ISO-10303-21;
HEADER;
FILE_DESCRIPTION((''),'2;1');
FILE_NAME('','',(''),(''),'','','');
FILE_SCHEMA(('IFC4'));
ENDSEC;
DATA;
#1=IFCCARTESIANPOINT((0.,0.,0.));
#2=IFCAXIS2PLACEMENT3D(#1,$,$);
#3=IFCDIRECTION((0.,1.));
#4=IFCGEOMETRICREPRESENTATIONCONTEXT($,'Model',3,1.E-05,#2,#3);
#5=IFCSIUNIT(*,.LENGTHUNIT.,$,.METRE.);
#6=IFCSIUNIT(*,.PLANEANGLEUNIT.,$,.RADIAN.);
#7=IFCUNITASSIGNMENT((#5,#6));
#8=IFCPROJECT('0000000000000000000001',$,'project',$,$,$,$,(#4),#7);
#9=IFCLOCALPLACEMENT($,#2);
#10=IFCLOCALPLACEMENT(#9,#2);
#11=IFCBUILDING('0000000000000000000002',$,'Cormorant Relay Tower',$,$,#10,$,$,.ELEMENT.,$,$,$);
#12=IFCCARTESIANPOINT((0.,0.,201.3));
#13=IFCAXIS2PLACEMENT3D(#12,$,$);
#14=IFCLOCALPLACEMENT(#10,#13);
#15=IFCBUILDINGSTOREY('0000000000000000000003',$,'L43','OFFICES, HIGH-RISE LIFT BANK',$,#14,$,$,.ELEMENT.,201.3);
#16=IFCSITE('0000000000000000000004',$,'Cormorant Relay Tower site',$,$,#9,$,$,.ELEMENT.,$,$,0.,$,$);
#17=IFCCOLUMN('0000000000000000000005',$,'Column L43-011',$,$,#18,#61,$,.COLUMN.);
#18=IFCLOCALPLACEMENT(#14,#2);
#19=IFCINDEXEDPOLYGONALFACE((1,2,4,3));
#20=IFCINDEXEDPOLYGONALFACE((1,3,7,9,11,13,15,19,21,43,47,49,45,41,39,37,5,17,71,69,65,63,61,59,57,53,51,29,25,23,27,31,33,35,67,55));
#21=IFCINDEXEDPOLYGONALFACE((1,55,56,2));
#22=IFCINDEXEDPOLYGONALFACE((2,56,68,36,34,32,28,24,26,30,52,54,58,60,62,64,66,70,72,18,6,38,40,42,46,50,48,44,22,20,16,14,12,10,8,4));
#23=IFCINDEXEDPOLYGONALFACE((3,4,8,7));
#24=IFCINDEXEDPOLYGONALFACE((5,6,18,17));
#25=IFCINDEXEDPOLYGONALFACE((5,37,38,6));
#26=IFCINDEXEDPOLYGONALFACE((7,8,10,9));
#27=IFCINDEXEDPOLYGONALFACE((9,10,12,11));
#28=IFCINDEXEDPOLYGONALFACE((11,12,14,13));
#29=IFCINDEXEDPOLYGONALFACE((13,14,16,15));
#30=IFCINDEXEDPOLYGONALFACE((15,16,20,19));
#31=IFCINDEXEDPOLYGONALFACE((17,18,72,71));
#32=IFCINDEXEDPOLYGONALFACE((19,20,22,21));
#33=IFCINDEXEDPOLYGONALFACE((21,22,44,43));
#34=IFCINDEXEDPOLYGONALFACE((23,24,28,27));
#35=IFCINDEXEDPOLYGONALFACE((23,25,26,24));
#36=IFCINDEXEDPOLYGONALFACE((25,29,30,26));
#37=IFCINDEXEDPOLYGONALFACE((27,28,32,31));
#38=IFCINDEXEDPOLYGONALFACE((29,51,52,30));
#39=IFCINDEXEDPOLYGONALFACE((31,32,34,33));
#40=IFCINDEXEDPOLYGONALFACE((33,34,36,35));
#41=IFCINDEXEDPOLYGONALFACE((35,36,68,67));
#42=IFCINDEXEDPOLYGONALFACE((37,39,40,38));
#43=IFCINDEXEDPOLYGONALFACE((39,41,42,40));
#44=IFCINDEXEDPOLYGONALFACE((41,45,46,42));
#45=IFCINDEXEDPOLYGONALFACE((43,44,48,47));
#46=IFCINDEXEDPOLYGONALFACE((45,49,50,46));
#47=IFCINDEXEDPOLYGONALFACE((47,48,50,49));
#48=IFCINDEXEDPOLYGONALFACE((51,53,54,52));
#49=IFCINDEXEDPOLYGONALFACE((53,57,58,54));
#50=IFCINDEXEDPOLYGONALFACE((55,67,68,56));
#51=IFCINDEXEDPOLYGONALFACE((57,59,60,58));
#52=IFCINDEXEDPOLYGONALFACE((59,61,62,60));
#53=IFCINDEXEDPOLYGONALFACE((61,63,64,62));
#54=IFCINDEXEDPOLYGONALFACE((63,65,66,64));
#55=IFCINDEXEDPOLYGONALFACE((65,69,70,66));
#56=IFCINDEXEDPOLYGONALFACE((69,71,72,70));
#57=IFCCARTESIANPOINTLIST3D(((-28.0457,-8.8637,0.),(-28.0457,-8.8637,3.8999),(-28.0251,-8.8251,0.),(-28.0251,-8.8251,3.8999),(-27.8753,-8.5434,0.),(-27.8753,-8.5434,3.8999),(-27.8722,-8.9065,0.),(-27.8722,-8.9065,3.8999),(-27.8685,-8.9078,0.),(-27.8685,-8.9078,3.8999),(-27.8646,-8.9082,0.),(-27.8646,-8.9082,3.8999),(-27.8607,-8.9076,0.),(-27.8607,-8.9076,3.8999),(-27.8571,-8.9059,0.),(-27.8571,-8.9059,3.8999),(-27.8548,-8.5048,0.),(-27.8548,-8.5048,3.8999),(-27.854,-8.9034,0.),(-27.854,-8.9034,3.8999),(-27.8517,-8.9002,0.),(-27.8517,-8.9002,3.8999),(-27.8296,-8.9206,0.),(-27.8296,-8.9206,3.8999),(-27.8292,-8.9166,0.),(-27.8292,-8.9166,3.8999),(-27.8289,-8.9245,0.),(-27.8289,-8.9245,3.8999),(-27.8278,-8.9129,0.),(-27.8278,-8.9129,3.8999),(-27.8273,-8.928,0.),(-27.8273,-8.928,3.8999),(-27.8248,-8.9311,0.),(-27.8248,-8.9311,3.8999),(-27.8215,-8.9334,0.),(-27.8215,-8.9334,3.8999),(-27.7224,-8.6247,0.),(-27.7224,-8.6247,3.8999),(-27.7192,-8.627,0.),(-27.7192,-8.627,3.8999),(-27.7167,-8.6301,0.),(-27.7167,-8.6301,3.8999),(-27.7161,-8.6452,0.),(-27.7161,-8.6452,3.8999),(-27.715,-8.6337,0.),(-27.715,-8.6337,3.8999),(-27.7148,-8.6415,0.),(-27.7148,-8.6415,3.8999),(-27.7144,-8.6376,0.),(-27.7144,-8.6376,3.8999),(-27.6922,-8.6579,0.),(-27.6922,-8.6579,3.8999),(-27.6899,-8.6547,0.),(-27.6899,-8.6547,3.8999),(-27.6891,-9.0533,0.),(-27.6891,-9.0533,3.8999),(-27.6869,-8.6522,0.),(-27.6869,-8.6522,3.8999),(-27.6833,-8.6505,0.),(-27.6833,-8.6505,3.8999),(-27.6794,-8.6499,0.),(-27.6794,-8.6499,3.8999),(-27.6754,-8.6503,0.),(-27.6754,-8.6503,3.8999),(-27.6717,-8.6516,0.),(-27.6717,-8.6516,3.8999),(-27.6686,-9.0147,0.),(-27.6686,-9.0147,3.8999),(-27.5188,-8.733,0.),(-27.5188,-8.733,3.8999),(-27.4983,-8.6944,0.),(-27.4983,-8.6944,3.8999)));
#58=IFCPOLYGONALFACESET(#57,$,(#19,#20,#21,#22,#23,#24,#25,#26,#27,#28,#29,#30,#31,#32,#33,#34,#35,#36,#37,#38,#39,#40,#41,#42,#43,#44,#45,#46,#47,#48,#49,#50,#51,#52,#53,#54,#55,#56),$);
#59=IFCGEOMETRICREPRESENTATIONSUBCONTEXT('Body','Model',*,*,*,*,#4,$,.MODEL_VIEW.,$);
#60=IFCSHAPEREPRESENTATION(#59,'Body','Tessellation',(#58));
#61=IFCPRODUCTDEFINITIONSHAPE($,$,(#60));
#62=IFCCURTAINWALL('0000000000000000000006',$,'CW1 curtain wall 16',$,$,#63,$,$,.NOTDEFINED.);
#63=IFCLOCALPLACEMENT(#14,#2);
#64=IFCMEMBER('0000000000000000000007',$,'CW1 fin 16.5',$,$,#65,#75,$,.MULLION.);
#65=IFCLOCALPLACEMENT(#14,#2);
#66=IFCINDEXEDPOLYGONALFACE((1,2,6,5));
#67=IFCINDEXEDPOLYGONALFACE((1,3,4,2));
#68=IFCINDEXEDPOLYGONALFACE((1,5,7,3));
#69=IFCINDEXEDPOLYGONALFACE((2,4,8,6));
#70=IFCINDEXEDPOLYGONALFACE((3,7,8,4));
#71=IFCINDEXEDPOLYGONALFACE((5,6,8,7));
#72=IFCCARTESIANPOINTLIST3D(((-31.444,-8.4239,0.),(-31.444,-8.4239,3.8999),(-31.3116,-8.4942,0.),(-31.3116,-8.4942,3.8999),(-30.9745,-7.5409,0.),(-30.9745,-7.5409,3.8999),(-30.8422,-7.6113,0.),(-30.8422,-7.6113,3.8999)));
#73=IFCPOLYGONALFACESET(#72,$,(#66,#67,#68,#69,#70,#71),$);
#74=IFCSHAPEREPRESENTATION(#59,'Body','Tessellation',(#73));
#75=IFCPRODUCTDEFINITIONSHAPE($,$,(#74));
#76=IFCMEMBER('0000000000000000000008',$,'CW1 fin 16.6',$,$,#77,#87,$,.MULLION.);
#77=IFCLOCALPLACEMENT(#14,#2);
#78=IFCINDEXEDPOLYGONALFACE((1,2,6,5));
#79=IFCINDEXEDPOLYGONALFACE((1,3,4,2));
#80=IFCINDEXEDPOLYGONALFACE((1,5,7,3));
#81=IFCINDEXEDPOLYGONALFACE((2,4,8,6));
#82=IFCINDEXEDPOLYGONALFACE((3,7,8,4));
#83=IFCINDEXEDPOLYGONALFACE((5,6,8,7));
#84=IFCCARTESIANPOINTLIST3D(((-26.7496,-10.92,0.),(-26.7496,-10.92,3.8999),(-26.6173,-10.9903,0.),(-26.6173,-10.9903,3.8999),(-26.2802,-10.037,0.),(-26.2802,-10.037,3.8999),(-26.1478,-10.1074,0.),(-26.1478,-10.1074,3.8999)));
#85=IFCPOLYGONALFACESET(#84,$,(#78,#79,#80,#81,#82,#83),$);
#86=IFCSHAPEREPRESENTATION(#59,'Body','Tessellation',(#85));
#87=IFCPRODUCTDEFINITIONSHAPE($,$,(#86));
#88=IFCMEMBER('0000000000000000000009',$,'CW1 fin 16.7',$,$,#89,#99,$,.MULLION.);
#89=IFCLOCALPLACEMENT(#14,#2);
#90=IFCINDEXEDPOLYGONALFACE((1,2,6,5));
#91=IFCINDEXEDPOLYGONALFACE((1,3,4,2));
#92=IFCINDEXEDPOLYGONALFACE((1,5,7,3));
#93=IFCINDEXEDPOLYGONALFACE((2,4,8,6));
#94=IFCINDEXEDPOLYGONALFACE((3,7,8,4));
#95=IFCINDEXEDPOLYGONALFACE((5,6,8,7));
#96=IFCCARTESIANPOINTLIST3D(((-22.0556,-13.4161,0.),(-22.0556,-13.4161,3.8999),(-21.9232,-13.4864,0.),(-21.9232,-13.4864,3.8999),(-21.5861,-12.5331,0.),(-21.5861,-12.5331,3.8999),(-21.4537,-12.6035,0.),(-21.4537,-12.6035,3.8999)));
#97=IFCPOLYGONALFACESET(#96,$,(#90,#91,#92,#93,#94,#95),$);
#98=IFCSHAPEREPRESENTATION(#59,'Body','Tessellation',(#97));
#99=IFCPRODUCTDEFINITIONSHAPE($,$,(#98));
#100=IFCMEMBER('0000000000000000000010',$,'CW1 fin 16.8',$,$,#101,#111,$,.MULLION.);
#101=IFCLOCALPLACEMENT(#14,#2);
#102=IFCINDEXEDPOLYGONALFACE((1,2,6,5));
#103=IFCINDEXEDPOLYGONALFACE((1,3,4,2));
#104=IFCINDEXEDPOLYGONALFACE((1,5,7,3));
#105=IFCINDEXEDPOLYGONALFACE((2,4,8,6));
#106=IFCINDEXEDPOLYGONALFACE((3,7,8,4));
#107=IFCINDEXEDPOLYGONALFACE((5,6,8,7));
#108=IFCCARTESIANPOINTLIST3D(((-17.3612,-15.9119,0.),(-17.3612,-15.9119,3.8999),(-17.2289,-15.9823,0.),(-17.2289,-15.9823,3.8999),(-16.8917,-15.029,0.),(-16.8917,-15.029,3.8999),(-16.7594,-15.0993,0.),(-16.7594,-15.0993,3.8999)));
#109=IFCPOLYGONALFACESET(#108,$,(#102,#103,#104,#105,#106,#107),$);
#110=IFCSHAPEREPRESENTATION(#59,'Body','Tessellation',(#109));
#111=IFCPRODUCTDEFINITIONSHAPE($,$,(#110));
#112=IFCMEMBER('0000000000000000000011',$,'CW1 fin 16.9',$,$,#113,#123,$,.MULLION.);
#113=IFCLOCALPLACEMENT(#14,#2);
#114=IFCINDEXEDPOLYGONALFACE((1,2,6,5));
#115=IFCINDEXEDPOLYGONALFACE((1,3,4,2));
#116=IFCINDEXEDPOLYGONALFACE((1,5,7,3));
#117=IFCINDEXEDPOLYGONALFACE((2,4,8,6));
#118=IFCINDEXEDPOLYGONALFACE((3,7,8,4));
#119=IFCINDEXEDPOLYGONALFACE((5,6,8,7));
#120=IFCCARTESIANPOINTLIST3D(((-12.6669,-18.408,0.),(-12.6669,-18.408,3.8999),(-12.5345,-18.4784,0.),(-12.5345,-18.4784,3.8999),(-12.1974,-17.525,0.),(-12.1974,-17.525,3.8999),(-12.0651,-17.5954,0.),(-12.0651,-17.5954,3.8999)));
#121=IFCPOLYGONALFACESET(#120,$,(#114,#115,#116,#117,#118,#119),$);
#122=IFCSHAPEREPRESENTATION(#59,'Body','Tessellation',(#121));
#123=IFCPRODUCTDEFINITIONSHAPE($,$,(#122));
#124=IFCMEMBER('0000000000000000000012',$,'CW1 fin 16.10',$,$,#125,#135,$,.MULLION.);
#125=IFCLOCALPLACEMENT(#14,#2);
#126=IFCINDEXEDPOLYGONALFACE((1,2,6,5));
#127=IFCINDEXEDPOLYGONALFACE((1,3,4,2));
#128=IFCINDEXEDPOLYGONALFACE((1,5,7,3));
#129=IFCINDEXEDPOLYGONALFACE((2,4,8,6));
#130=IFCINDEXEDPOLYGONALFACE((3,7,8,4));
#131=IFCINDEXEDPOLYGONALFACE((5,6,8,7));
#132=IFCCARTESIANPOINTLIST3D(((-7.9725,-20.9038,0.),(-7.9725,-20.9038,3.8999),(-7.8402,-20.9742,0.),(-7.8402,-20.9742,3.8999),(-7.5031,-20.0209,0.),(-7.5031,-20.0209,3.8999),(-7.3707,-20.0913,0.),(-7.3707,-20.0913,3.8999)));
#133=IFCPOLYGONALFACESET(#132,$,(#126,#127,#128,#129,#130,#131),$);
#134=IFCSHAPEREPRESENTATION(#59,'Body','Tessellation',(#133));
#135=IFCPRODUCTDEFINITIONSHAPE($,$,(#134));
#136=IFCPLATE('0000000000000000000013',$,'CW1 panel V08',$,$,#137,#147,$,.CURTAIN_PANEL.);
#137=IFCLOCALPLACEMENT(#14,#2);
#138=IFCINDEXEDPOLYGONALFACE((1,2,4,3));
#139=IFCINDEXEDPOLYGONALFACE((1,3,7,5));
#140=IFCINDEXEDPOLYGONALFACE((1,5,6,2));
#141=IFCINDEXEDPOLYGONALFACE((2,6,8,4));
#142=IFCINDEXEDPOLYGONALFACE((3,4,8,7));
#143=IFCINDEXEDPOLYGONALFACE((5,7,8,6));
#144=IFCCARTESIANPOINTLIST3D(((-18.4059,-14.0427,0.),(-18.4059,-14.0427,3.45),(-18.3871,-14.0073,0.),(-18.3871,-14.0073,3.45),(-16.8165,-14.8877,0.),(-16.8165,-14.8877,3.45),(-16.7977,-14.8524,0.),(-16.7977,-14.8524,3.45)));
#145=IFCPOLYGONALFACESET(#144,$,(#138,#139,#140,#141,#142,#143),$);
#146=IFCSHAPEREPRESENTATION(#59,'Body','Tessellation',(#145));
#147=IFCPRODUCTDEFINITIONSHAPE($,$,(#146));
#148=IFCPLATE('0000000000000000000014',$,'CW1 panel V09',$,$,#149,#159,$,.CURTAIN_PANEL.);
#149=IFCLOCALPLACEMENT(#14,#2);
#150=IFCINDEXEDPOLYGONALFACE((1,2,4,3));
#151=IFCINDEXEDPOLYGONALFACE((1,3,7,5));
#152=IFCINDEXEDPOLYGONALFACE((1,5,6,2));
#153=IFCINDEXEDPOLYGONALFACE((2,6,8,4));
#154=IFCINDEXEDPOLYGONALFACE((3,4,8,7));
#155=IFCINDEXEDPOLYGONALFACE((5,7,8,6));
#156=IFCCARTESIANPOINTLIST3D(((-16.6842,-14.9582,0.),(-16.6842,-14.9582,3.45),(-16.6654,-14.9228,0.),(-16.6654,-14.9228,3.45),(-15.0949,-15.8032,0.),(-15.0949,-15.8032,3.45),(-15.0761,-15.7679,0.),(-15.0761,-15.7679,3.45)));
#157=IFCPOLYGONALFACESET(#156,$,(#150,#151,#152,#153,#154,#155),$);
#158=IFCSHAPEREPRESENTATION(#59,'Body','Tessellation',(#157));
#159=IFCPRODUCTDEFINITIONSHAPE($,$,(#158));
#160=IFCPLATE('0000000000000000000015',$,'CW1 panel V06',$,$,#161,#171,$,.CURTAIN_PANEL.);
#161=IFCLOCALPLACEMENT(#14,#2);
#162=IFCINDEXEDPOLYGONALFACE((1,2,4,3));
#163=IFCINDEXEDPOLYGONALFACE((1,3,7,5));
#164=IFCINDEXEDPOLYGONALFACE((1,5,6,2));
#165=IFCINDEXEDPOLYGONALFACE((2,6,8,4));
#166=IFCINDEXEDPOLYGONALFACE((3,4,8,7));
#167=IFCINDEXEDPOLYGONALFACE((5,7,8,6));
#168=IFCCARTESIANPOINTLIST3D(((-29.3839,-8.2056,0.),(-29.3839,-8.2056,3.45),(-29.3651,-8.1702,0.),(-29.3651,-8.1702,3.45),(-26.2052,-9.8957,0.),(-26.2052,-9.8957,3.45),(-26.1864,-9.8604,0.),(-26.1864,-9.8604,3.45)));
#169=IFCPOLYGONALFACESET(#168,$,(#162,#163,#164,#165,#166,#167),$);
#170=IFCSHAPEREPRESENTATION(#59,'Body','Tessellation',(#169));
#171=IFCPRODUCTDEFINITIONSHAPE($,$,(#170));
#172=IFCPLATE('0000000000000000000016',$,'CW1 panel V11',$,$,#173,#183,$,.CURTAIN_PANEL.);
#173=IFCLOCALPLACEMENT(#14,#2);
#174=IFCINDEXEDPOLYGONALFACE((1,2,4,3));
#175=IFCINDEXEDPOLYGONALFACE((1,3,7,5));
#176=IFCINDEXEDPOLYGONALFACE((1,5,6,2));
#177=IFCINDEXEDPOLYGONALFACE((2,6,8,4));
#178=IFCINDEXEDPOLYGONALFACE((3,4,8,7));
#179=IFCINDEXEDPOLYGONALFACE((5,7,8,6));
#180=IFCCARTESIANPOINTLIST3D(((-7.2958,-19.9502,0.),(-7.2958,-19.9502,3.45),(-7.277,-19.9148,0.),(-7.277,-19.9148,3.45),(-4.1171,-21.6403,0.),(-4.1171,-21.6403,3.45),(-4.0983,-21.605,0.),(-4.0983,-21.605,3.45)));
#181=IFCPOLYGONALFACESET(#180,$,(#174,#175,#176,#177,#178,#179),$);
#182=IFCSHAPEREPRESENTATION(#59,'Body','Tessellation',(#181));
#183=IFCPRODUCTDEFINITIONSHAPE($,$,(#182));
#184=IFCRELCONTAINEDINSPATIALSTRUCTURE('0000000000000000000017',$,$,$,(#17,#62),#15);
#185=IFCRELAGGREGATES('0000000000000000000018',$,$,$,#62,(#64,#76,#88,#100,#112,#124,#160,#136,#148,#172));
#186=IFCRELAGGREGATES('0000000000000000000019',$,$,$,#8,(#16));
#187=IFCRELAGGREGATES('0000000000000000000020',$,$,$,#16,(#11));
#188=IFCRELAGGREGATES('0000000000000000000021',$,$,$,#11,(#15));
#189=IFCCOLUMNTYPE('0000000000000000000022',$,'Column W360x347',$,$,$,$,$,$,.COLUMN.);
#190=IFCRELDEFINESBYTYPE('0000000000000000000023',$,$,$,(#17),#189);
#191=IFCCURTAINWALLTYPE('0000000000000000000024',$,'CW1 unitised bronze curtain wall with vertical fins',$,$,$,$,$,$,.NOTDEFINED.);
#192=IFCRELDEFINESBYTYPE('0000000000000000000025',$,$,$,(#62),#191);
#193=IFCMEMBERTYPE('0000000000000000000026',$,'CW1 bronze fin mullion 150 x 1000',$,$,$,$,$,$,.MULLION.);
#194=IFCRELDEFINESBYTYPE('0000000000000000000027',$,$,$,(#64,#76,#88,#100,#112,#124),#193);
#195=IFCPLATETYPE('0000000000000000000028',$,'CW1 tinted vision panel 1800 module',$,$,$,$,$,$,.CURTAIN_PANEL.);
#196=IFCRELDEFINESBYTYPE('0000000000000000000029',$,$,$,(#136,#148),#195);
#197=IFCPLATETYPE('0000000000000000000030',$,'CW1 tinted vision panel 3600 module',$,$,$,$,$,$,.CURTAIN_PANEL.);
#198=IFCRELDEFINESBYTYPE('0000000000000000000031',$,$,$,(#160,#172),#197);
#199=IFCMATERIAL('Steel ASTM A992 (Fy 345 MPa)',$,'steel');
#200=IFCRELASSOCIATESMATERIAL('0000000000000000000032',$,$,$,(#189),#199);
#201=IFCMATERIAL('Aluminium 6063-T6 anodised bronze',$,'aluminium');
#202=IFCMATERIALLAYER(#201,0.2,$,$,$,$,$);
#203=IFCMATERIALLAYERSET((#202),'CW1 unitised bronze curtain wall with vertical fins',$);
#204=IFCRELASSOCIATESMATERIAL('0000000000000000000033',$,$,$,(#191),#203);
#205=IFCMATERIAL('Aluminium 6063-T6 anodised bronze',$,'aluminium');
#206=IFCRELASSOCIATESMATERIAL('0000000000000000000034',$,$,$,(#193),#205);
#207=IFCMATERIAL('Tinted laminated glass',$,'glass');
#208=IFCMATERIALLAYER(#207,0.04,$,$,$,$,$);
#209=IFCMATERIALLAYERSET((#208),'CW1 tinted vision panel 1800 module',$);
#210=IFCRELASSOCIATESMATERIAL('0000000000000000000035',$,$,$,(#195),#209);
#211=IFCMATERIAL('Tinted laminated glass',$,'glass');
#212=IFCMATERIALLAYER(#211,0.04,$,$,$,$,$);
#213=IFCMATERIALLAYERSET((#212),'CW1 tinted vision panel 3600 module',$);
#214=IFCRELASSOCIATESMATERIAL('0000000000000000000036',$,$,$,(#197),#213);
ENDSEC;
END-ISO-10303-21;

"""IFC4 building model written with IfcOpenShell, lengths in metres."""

from ifc_helpers import new_model, si_unit, direction, frame, origin, origin_2d, place, context, subcontext, project, spatial, rectangle, i_section, extrude, material, layer, layer_set, material_profile, profile_set, type_object, element, aggregate, save


model = new_model("IFC4")

# Units and contexts
model_context = context("Model", 3, precision=1e-05, world=origin(), true_north=direction((0.0, 1.0)))
body_context = subcontext(model_context, "Body", "Model", "MODEL_VIEW")
ifc_project = project(units=[si_unit("LENGTHUNIT", "METRE"), si_unit("PLANEANGLEUNIT", "RADIAN")], contexts=[model_context])

# Site, building, storey
site_placement = place(None, origin())
site = spatial("IfcSite", under=ifc_project, at=site_placement, Name="Cormorant Relay Tower site", CompositionType="ELEMENT", RefElevation=0.0)
building_placement = place(site_placement, origin())
building = spatial("IfcBuilding", under=site, at=building_placement, Name="Cormorant Relay Tower", CompositionType="ELEMENT")
storey_placement = place(building_placement, frame((0.0, 0.0, 201.3)))
storey = spatial("IfcBuildingStorey", under=building, at=storey_placement, Name="L43", Description="OFFICES, HIGH-RISE LIFT BANK", CompositionType="ELEMENT", Elevation=201.3)

# Column
ifc_material_1 = material(Name="Steel ASTM A992 (Fy 345 MPa)", Category="steel")
ifc_material_profile_1 = material_profile(ifc_material_1, i_section(OverallWidth=0.4038, OverallDepth=0.4065, WebThickness=0.0271, FlangeThickness=0.0437, FilletRadius=0.0151, at=origin_2d()), Name="W360x347")
ifc_profile_set_1 = profile_set([ifc_material_profile_1], Name="Steel ASTM A992 (Fy 345 MPa)")
column_type_1 = type_object("IfcColumnType", Name="Column W360x347", PredefinedType="COLUMN", material=ifc_profile_set_1)
for number, where, z_axis, x_axis, name in (
    (1, (-27.772, -8.7791, 0.0), (0.0, 0.0, 1.0), (0.882948, -0.469472, 0.0), "Column L43-011"),
):
    element("IfcColumn", number, at=place(storey_placement, frame(where, z_axis=z_axis, x_axis=x_axis)), inside=storey, type_object=column_type_1, Name=name, PredefinedType="COLUMN", context=body_context, shape_type="SweptSolid", body=[
        extrude(i_section(OverallWidth=0.4038, OverallDepth=0.4065, WebThickness=0.0271, FlangeThickness=0.0437, FilletRadius=0.0151, at=origin_2d()), origin(), (0.0, 0.0, 1.0), 3.8999),
    ])

# Curtain wall, members, plates
ifc_material_2 = material(Name="Aluminium 6063-T6 anodised bronze", Category="aluminium")
ifc_layer_1 = layer(ifc_material_2, 0.2)
ifc_layer_set_1 = layer_set([ifc_layer_1], Name="CW1 unitised bronze curtain wall with vertical fins")
curtain_wall_type = type_object("IfcCurtainWallType", Name="CW1 unitised bronze curtain wall with vertical fins", PredefinedType="NOTDEFINED", material=ifc_layer_set_1)
curtain_wall_placement = place(storey_placement, origin())
curtain_wall = element("IfcCurtainWall", 2, at=curtain_wall_placement, inside=storey, type_object=curtain_wall_type, Name="CW1 curtain wall 16", PredefinedType="NOTDEFINED")
ifc_material_3 = material(Name="Aluminium 6063-T6 anodised bronze", Category="aluminium")
ifc_material_profile_2 = material_profile(ifc_material_3, rectangle(XDim=0.1499, YDim=1.0, at=origin_2d()), Name="AL 150x1000")
ifc_profile_set_2 = profile_set([ifc_material_profile_2], Name="Aluminium 6063-T6 anodised bronze")
member_type = type_object("IfcMemberType", Name="CW1 bronze fin mullion 150 x 1000", PredefinedType="MULLION", material=ifc_profile_set_2)
member_1_placement = place(storey_placement, frame((-31.1431, -8.0176, 0.0), z_axis=(0.0, 0.0, 1.0), x_axis=(0.882948, -0.469472, 0.0)))
member_1 = element("IfcMember", 3, at=member_1_placement, type_object=member_type, Name="CW1 fin 16.5", PredefinedType="MULLION", context=body_context, shape_type="SweptSolid", body=[
    extrude(rectangle(XDim=0.1499, YDim=1.0, at=origin_2d()), origin(), (0.0, 0.0, 1.0), 3.8999),
])
member_2_placement = place(storey_placement, frame((-26.4487, -10.5137, 0.0), z_axis=(0.0, 0.0, 1.0), x_axis=(0.882948, -0.469472, 0.0)))
member_2 = element("IfcMember", 4, at=member_2_placement, type_object=member_type, Name="CW1 fin 16.6", PredefinedType="MULLION", context=body_context, shape_type="SweptSolid", body=[
    extrude(rectangle(XDim=0.1499, YDim=1.0, at=origin_2d()), origin(), (0.0, 0.0, 1.0), 3.8999),
])
member_3_placement = place(storey_placement, frame((-21.7546, -13.0098, 0.0), z_axis=(0.0, 0.0, 1.0), x_axis=(0.882948, -0.469472, 0.0)))
member_3 = element("IfcMember", 5, at=member_3_placement, type_object=member_type, Name="CW1 fin 16.7", PredefinedType="MULLION", context=body_context, shape_type="SweptSolid", body=[
    extrude(rectangle(XDim=0.1499, YDim=1.0, at=origin_2d()), origin(), (0.0, 0.0, 1.0), 3.8999),
])
member_4_placement = place(storey_placement, frame((-17.0603, -15.5056, 0.0), z_axis=(0.0, 0.0, 1.0), x_axis=(0.882948, -0.469472, 0.0)))
member_4 = element("IfcMember", 6, at=member_4_placement, type_object=member_type, Name="CW1 fin 16.8", PredefinedType="MULLION", context=body_context, shape_type="SweptSolid", body=[
    extrude(rectangle(XDim=0.1499, YDim=1.0, at=origin_2d()), origin(), (0.0, 0.0, 1.0), 3.8999),
])
member_5_placement = place(storey_placement, frame((-12.366, -18.0017, 0.0), z_axis=(0.0, 0.0, 1.0), x_axis=(0.882948, -0.469472, 0.0)))
member_5 = element("IfcMember", 7, at=member_5_placement, type_object=member_type, Name="CW1 fin 16.9", PredefinedType="MULLION", context=body_context, shape_type="SweptSolid", body=[
    extrude(rectangle(XDim=0.1499, YDim=1.0, at=origin_2d()), origin(), (0.0, 0.0, 1.0), 3.8999),
])
member_6_placement = place(storey_placement, frame((-7.6716, -20.4976, 0.0), z_axis=(0.0, 0.0, 1.0), x_axis=(0.882948, -0.469472, 0.0)))
member_6 = element("IfcMember", 8, at=member_6_placement, type_object=member_type, Name="CW1 fin 16.10", PredefinedType="MULLION", context=body_context, shape_type="SweptSolid", body=[
    extrude(rectangle(XDim=0.1499, YDim=1.0, at=origin_2d()), origin(), (0.0, 0.0, 1.0), 3.8999),
])
ifc_material_4 = material(Name="Tinted laminated glass", Category="glass")
ifc_layer_2 = layer(ifc_material_4, 0.04)
ifc_layer_set_2 = layer_set([ifc_layer_2], Name="CW1 tinted vision panel 1800 module")
plate_type_1 = type_object("IfcPlateType", Name="CW1 tinted vision panel 1800 module", PredefinedType="CURTAIN_PANEL", material=ifc_layer_set_2)
plate_1_placement = place(storey_placement, frame((-17.6018, -14.4475, 0.0), z_axis=(0.0, 0.0, 1.0), x_axis=(0.882948, -0.469472, 0.0)))
plate_1 = element("IfcPlate", 9, at=plate_1_placement, type_object=plate_type_1, Name="CW1 panel V08", PredefinedType="CURTAIN_PANEL", context=body_context, shape_type="SweptSolid", body=[
    extrude(rectangle(XDim=1.8, YDim=0.04, at=origin_2d()), origin(), (0.0, 0.0, 1.0), 3.45),
])
plate_2_placement = place(storey_placement, frame((-15.8801, -15.363, 0.0), z_axis=(0.0, 0.0, 1.0), x_axis=(0.882948, -0.469472, 0.0)))
plate_2 = element("IfcPlate", 10, at=plate_2_placement, type_object=plate_type_1, Name="CW1 panel V09", PredefinedType="CURTAIN_PANEL", context=body_context, shape_type="SweptSolid", body=[
    extrude(rectangle(XDim=1.8, YDim=0.04, at=origin_2d()), origin(), (0.0, 0.0, 1.0), 3.45),
])
ifc_material_5 = material(Name="Tinted laminated glass", Category="glass")
ifc_layer_3 = layer(ifc_material_5, 0.04)
ifc_layer_set_3 = layer_set([ifc_layer_3], Name="CW1 tinted vision panel 3600 module")
plate_type_2 = type_object("IfcPlateType", Name="CW1 tinted vision panel 3600 module", PredefinedType="CURTAIN_PANEL", material=ifc_layer_set_3)
plate_3_placement = place(storey_placement, frame((-27.7852, -9.033, 0.0), z_axis=(0.0, 0.0, 1.0), x_axis=(0.882948, -0.469472, 0.0)))
plate_3 = element("IfcPlate", 11, at=plate_3_placement, type_object=plate_type_2, Name="CW1 panel V06", PredefinedType="CURTAIN_PANEL", context=body_context, shape_type="SweptSolid", body=[
    extrude(rectangle(XDim=3.6001, YDim=0.04, at=origin_2d()), origin(), (0.0, 0.0, 1.0), 3.45),
])
plate_4_placement = place(storey_placement, frame((-5.697, -20.7776, 0.0), z_axis=(0.0, 0.0, 1.0), x_axis=(0.882948, -0.469472, 0.0)))
plate_4 = element("IfcPlate", 12, at=plate_4_placement, type_object=plate_type_2, Name="CW1 panel V11", PredefinedType="CURTAIN_PANEL", context=body_context, shape_type="SweptSolid", body=[
    extrude(rectangle(XDim=3.6001, YDim=0.04, at=origin_2d()), origin(), (0.0, 0.0, 1.0), 3.45),
])

aggregate(curtain_wall, [member_1, member_2, member_3, member_4, member_5, member_6, plate_3, plate_1, plate_2, plate_4])

save(model, "model.ifc")
